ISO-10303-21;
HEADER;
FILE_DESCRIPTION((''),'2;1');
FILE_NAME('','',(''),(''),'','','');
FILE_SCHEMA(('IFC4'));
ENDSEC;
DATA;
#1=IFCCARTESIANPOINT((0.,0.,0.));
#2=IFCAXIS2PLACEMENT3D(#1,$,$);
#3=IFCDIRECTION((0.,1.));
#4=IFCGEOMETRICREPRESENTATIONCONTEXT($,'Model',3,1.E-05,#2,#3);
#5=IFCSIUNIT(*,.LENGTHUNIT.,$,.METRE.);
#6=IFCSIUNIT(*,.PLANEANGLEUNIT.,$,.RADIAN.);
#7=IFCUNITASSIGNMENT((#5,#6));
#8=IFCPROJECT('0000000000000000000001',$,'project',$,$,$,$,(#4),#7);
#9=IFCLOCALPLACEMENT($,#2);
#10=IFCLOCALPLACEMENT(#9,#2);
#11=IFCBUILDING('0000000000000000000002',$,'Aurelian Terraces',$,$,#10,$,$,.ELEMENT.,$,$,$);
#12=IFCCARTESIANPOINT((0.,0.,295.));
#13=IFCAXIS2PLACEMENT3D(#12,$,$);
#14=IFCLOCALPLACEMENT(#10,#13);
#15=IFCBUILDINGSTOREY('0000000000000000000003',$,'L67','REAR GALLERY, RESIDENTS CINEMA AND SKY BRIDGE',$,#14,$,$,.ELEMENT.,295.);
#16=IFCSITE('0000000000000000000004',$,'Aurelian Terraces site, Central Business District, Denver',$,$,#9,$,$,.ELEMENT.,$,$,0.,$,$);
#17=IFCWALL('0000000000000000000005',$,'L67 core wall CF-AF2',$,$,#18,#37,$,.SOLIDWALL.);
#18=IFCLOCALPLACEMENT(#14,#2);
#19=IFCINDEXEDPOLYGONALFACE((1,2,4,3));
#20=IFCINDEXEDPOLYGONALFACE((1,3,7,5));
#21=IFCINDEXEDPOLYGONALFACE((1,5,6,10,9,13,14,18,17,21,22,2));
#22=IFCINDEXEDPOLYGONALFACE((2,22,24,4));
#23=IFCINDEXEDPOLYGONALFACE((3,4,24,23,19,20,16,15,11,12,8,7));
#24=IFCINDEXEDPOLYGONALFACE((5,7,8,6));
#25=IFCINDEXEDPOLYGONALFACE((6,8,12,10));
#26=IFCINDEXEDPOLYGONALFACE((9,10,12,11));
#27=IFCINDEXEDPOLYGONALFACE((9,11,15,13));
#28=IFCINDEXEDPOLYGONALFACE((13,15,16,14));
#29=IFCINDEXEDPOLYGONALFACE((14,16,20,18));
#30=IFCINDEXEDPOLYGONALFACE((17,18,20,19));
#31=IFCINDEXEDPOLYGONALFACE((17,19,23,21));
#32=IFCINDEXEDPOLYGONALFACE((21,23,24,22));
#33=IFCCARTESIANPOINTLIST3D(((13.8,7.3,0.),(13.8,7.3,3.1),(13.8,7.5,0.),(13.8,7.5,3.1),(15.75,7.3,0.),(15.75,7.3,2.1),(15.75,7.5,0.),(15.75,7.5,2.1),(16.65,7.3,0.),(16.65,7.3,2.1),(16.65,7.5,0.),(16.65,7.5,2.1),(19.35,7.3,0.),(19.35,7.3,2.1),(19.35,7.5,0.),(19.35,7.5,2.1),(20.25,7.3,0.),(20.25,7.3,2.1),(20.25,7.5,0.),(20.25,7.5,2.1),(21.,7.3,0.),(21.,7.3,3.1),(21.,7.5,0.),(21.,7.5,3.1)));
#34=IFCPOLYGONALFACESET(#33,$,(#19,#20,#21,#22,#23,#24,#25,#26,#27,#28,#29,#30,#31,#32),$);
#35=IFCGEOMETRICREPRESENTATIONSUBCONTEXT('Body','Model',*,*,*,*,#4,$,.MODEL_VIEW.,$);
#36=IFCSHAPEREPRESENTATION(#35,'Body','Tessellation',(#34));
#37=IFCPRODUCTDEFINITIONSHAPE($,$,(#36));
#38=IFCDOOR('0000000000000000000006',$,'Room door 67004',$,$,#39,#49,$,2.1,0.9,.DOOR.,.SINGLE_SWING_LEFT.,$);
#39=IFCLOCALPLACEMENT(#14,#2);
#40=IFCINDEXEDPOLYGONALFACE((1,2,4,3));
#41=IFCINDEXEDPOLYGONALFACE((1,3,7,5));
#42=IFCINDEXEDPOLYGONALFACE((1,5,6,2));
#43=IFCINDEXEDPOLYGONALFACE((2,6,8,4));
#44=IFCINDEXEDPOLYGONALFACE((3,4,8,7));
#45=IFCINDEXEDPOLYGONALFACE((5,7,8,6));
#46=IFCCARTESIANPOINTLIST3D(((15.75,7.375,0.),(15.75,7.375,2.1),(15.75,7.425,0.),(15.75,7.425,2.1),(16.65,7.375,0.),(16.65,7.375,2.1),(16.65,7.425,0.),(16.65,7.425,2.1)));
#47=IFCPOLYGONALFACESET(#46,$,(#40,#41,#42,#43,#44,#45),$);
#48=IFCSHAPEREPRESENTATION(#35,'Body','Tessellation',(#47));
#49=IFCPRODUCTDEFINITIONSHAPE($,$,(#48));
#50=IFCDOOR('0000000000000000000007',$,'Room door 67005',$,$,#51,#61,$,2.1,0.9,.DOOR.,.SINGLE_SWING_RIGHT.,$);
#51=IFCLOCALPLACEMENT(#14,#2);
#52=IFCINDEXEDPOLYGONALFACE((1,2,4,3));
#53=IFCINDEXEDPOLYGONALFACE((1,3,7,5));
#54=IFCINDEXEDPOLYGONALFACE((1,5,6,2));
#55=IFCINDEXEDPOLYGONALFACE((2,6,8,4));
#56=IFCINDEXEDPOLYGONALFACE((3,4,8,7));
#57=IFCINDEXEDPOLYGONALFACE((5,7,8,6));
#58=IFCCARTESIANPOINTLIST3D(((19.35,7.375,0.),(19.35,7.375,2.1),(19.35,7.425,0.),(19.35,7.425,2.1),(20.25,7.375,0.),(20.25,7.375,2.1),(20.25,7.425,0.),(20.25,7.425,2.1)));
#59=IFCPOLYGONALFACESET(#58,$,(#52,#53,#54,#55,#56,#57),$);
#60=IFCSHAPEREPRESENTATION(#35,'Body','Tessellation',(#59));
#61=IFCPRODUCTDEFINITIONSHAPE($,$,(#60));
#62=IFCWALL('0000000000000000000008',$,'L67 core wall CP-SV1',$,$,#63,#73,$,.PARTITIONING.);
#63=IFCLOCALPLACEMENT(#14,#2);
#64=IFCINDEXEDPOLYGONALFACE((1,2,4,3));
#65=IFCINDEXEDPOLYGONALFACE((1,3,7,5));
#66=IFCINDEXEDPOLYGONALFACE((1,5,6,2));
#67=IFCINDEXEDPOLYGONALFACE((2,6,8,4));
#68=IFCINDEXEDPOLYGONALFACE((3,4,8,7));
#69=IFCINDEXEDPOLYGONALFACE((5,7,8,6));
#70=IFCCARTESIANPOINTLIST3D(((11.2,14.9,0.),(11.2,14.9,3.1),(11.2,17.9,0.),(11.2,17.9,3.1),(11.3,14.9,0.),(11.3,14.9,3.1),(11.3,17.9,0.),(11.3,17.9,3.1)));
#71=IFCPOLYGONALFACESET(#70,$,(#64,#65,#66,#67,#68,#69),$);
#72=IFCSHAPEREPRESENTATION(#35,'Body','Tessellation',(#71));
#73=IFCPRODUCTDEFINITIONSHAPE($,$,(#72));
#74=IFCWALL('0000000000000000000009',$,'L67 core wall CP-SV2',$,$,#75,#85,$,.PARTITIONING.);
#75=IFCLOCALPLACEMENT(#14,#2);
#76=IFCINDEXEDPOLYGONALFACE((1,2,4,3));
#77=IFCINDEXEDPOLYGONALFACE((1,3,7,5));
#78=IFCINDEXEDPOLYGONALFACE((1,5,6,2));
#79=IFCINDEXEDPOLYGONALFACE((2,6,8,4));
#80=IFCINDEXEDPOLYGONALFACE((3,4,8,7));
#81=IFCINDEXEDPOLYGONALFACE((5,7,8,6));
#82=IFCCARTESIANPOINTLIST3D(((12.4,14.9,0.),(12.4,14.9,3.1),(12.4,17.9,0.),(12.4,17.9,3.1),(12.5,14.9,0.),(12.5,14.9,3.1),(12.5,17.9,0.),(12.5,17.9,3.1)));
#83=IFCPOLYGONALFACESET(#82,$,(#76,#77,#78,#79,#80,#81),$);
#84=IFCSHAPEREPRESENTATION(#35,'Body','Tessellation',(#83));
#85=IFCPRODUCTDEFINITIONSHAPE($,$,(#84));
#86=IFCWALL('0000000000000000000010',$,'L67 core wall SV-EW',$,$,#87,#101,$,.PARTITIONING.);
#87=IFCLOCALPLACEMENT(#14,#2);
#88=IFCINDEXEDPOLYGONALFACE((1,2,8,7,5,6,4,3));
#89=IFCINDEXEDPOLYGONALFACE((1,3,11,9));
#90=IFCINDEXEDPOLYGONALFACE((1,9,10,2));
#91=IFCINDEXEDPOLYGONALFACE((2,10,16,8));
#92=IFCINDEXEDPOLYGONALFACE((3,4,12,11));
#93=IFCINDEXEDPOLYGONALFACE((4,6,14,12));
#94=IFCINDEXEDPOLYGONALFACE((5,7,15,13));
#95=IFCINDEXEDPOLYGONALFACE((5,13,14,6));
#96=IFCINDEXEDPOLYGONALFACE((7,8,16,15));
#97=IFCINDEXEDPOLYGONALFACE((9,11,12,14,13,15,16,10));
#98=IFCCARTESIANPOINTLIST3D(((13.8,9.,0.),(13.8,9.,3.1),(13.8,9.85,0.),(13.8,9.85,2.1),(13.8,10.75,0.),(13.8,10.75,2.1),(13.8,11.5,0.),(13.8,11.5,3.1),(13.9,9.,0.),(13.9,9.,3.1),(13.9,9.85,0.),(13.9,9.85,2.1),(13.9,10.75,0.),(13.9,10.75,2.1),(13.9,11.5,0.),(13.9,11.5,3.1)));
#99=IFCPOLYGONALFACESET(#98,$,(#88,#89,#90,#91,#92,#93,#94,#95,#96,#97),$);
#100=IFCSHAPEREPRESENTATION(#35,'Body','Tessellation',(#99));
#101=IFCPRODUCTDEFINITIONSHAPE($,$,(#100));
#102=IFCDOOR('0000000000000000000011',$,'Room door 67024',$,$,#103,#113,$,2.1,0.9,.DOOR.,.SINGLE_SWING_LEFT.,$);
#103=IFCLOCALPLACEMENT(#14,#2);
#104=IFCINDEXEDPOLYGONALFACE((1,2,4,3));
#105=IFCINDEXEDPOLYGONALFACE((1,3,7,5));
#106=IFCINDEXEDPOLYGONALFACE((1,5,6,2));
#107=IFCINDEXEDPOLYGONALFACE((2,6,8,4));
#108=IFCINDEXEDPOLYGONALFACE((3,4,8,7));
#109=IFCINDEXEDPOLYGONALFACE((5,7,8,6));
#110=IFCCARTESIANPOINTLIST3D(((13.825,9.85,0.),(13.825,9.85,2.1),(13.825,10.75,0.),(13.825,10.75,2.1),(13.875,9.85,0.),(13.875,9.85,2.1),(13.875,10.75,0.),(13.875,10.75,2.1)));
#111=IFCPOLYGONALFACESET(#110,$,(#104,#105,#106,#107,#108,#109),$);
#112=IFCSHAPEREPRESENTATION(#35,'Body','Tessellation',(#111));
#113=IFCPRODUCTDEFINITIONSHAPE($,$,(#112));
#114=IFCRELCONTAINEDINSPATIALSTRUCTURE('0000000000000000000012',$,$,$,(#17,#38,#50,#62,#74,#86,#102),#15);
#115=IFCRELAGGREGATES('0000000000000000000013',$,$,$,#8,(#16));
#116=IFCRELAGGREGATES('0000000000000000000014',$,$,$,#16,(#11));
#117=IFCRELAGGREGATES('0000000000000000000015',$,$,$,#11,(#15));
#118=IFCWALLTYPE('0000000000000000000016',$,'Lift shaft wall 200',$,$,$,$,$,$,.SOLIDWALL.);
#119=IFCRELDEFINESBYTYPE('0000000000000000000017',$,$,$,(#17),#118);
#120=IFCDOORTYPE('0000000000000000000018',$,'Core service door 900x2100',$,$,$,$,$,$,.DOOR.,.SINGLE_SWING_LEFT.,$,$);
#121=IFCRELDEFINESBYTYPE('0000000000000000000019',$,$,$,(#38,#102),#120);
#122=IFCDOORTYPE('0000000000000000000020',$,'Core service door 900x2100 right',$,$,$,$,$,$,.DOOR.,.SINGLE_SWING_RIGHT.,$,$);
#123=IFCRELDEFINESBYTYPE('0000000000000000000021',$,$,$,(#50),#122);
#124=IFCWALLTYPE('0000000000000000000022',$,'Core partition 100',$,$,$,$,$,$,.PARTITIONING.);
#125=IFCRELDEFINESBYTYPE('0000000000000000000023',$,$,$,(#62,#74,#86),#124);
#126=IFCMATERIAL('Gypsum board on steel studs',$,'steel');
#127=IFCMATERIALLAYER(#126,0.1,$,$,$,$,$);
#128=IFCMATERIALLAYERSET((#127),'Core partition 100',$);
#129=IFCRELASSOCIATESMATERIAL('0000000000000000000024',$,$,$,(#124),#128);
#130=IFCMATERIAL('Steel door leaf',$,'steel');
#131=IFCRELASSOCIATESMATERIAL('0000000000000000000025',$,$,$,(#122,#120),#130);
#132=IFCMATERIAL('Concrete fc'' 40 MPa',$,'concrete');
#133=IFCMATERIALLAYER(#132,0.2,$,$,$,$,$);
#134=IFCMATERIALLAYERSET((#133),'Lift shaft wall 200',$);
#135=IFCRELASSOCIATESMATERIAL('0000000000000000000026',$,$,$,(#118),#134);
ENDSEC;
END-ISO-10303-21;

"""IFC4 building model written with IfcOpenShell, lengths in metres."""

from ifc_helpers import new_model, si_unit, direction, frame, frame_2d, origin, place, context, subcontext, project, spatial, rectangle, extrude, source, transform, mapped, material, layer, layer_set, type_object, element, fill, save


model = new_model("IFC4")

# Units and contexts
model_context = context("Model", 3, precision=1e-05, world=origin(), true_north=direction((0.0, 1.0)))
body_context = subcontext(model_context, "Body", "Model", "MODEL_VIEW")
ifc_project = project(units=[si_unit("LENGTHUNIT", "METRE"), si_unit("PLANEANGLEUNIT", "RADIAN")], contexts=[model_context])

# Site, building, storey
site_placement = place(None, origin())
site = spatial("IfcSite", under=ifc_project, at=site_placement, Name="Aurelian Terraces site, Central Business District, Denver", CompositionType="ELEMENT", RefElevation=0.0)
building_placement = place(site_placement, origin())
building = spatial("IfcBuilding", under=site, at=building_placement, Name="Aurelian Terraces", CompositionType="ELEMENT")
storey_placement = place(building_placement, frame((0.0, 0.0, 295.0)))
storey = spatial("IfcBuildingStorey", under=building, at=storey_placement, Name="L67", Description="REAR GALLERY, RESIDENTS CINEMA AND SKY BRIDGE", CompositionType="ELEMENT", Elevation=295.0)

# Shared definitions
ifc_material_1 = material(Name="Gypsum board on steel studs", Category="steel")
ifc_layer_1 = layer(ifc_material_1, 0.1)
ifc_layer_set_1 = layer_set([ifc_layer_1], Name="Core partition 100")
wall_type_1 = type_object("IfcWallType", Name="Core partition 100", PredefinedType="PARTITIONING", material=ifc_layer_set_1)
shared_shape_1 = source(origin(), body_context, "Body", "SweptSolid", [
    extrude(rectangle(XDim=0.9, YDim=2.1, at=frame_2d((0.45, 1.05))), frame((0.0, 0.06, 0.0), z_axis=(0.0, -1.0, 0.0), x_axis=(1.0, 0.0, 0.0)), (0.0, 0.0, 1.0), 0.12),
])
ifc_material_2 = material(Name="Steel door leaf", Category="steel")
door_type_1 = type_object("IfcDoorType", Name="Core service door 900x2100 right", OperationType="SINGLE_SWING_RIGHT", PredefinedType="DOOR", material=ifc_material_2)
shared_shape_2 = source(origin(), body_context, "Body", "SweptSolid", [
    extrude(rectangle(XDim=0.9, YDim=2.1, at=frame_2d((0.45, 1.05))), frame((0.0, 0.025, 0.0), z_axis=(0.0, -1.0, 0.0), x_axis=(1.0, 0.0, 0.0)), (0.0, 0.0, 1.0), 0.05),
])

# Shared definitions
ifc_material_3 = material(Name="Concrete fc' 40 MPa", Category="concrete")
ifc_layer_2 = layer(ifc_material_3, 0.2)
ifc_layer_set_2 = layer_set([ifc_layer_2], Name="Lift shaft wall 200")
wall_type_2 = type_object("IfcWallType", Name="Lift shaft wall 200", PredefinedType="SOLIDWALL", material=ifc_layer_set_2)

# Wall, openings, doors
shared_shape_3 = source(origin(), body_context, "Body", "SweptSolid", [
    extrude(rectangle(XDim=7.2, YDim=0.2, at=frame_2d((3.6, 0.0))), origin(), (0.0, 0.0, 1.0), 3.1),
])
wall_1_placement = place(storey_placement, frame((13.8, 7.4, 0.0), z_axis=(0.0, 0.0, 1.0), x_axis=(1.0, 0.0, 0.0)))
wall_1 = element("IfcWall", 1, at=wall_1_placement, inside=storey, type_object=wall_type_2, Name="L67 core wall CF-AF2", PredefinedType="SOLIDWALL", context=body_context, shape_type="MappedRepresentation", body=[
    mapped(shared_shape_3, transform((0.0, 0.0, 0.0), scale=1.0)),
])
shared_shape_4 = source(origin(), body_context, "Body", "SweptSolid", [
    extrude(rectangle(XDim=0.9, YDim=2.1, at=frame_2d((0.45, 1.05))), frame((0.0, 0.11, 0.0), z_axis=(0.0, -1.0, 0.0), x_axis=(1.0, 0.0, 0.0)), (0.0, 0.0, 1.0), 0.22),
])
opening_1_placement = place(wall_1_placement, frame((1.95, 0.0, 0.0)))
opening_1 = element("IfcOpeningElement", 2, at=opening_1_placement, cuts=wall_1, PredefinedType="OPENING", context=body_context, shape_type="MappedRepresentation", body=[
    mapped(shared_shape_4, transform((0.0, 0.0, 0.0), scale=1.0)),
])
opening_2_placement = place(wall_1_placement, frame((5.55, 0.0, 0.0)))
opening_2 = element("IfcOpeningElement", 3, at=opening_2_placement, cuts=wall_1, PredefinedType="OPENING", context=body_context, shape_type="MappedRepresentation", body=[
    mapped(shared_shape_4, transform((0.0, 0.0, 0.0), scale=1.0)),
])
door_type_2 = type_object("IfcDoorType", Name="Core service door 900x2100", OperationType="SINGLE_SWING_LEFT", PredefinedType="DOOR", material=ifc_material_2)
door_1_placement = place(opening_1_placement, origin())
door_1 = element("IfcDoor", 4, at=door_1_placement, inside=storey, type_object=door_type_2, Name="Room door 67004", OperationType="SINGLE_SWING_LEFT", OverallHeight=2.1, OverallWidth=0.9, PredefinedType="DOOR", context=body_context, shape_type="MappedRepresentation", body=[
    mapped(shared_shape_2, transform((0.0, 0.0, 0.0), scale=1.0)),
])
fill(opening_1, door_1)
door_2_placement = place(opening_2_placement, origin())
door_2 = element("IfcDoor", 5, at=door_2_placement, inside=storey, type_object=door_type_1, Name="Room door 67005", OperationType="SINGLE_SWING_RIGHT", OverallHeight=2.1, OverallWidth=0.9, PredefinedType="DOOR", context=body_context, shape_type="MappedRepresentation", body=[
    mapped(shared_shape_2, transform((0.0, 0.0, 0.0), scale=1.0)),
])
fill(opening_2, door_2)

# Walls
shared_shape_5 = source(origin(), body_context, "Body", "SweptSolid", [
    extrude(rectangle(XDim=3.0, YDim=0.1, at=frame_2d((1.5, 0.0))), origin(), (0.0, 0.0, 1.0), 3.1),
])
for number, where, z_axis, x_axis, name in (
    (6, (11.25, 14.9, 0.0), (0.0, 0.0, 1.0), (0.0, 1.0, 0.0), "L67 core wall CP-SV1"),
    (7, (12.45, 14.9, 0.0), (0.0, 0.0, 1.0), (0.0, 1.0, 0.0), "L67 core wall CP-SV2"),
):
    element("IfcWall", number, at=place(storey_placement, frame(where, z_axis=z_axis, x_axis=x_axis)), inside=storey, type_object=wall_type_1, Name=name, PredefinedType="PARTITIONING", context=body_context, shape_type="MappedRepresentation", body=[
        mapped(shared_shape_5, transform((0.0, 0.0, 0.0), scale=1.0)),
    ])

# Wall, opening, door
shared_shape_6 = source(origin(), body_context, "Body", "SweptSolid", [
    extrude(rectangle(XDim=2.5, YDim=0.1, at=frame_2d((1.25, 0.0))), origin(), (0.0, 0.0, 1.0), 3.1),
])
wall_2_placement = place(storey_placement, frame((13.85, 9.0, 0.0), z_axis=(0.0, 0.0, 1.0), x_axis=(0.0, 1.0, 0.0)))
wall_2 = element("IfcWall", 8, at=wall_2_placement, inside=storey, type_object=wall_type_1, Name="L67 core wall SV-EW", PredefinedType="PARTITIONING", context=body_context, shape_type="MappedRepresentation", body=[
    mapped(shared_shape_6, transform((0.0, 0.0, 0.0), scale=1.0)),
])
opening_3_placement = place(wall_2_placement, frame((0.85, 0.0, 0.0)))
opening_3 = element("IfcOpeningElement", 9, at=opening_3_placement, cuts=wall_2, PredefinedType="OPENING", context=body_context, shape_type="MappedRepresentation", body=[
    mapped(shared_shape_1, transform((0.0, 0.0, 0.0), scale=1.0)),
])
door_3_placement = place(opening_3_placement, origin())
door_3 = element("IfcDoor", 10, at=door_3_placement, inside=storey, type_object=door_type_2, Name="Room door 67024", OperationType="SINGLE_SWING_LEFT", OverallHeight=2.1, OverallWidth=0.9, PredefinedType="DOOR", context=body_context, shape_type="MappedRepresentation", body=[
    mapped(shared_shape_2, transform((0.0, 0.0, 0.0), scale=1.0)),
])
fill(opening_3, door_3)

save(model, "model.ifc")
